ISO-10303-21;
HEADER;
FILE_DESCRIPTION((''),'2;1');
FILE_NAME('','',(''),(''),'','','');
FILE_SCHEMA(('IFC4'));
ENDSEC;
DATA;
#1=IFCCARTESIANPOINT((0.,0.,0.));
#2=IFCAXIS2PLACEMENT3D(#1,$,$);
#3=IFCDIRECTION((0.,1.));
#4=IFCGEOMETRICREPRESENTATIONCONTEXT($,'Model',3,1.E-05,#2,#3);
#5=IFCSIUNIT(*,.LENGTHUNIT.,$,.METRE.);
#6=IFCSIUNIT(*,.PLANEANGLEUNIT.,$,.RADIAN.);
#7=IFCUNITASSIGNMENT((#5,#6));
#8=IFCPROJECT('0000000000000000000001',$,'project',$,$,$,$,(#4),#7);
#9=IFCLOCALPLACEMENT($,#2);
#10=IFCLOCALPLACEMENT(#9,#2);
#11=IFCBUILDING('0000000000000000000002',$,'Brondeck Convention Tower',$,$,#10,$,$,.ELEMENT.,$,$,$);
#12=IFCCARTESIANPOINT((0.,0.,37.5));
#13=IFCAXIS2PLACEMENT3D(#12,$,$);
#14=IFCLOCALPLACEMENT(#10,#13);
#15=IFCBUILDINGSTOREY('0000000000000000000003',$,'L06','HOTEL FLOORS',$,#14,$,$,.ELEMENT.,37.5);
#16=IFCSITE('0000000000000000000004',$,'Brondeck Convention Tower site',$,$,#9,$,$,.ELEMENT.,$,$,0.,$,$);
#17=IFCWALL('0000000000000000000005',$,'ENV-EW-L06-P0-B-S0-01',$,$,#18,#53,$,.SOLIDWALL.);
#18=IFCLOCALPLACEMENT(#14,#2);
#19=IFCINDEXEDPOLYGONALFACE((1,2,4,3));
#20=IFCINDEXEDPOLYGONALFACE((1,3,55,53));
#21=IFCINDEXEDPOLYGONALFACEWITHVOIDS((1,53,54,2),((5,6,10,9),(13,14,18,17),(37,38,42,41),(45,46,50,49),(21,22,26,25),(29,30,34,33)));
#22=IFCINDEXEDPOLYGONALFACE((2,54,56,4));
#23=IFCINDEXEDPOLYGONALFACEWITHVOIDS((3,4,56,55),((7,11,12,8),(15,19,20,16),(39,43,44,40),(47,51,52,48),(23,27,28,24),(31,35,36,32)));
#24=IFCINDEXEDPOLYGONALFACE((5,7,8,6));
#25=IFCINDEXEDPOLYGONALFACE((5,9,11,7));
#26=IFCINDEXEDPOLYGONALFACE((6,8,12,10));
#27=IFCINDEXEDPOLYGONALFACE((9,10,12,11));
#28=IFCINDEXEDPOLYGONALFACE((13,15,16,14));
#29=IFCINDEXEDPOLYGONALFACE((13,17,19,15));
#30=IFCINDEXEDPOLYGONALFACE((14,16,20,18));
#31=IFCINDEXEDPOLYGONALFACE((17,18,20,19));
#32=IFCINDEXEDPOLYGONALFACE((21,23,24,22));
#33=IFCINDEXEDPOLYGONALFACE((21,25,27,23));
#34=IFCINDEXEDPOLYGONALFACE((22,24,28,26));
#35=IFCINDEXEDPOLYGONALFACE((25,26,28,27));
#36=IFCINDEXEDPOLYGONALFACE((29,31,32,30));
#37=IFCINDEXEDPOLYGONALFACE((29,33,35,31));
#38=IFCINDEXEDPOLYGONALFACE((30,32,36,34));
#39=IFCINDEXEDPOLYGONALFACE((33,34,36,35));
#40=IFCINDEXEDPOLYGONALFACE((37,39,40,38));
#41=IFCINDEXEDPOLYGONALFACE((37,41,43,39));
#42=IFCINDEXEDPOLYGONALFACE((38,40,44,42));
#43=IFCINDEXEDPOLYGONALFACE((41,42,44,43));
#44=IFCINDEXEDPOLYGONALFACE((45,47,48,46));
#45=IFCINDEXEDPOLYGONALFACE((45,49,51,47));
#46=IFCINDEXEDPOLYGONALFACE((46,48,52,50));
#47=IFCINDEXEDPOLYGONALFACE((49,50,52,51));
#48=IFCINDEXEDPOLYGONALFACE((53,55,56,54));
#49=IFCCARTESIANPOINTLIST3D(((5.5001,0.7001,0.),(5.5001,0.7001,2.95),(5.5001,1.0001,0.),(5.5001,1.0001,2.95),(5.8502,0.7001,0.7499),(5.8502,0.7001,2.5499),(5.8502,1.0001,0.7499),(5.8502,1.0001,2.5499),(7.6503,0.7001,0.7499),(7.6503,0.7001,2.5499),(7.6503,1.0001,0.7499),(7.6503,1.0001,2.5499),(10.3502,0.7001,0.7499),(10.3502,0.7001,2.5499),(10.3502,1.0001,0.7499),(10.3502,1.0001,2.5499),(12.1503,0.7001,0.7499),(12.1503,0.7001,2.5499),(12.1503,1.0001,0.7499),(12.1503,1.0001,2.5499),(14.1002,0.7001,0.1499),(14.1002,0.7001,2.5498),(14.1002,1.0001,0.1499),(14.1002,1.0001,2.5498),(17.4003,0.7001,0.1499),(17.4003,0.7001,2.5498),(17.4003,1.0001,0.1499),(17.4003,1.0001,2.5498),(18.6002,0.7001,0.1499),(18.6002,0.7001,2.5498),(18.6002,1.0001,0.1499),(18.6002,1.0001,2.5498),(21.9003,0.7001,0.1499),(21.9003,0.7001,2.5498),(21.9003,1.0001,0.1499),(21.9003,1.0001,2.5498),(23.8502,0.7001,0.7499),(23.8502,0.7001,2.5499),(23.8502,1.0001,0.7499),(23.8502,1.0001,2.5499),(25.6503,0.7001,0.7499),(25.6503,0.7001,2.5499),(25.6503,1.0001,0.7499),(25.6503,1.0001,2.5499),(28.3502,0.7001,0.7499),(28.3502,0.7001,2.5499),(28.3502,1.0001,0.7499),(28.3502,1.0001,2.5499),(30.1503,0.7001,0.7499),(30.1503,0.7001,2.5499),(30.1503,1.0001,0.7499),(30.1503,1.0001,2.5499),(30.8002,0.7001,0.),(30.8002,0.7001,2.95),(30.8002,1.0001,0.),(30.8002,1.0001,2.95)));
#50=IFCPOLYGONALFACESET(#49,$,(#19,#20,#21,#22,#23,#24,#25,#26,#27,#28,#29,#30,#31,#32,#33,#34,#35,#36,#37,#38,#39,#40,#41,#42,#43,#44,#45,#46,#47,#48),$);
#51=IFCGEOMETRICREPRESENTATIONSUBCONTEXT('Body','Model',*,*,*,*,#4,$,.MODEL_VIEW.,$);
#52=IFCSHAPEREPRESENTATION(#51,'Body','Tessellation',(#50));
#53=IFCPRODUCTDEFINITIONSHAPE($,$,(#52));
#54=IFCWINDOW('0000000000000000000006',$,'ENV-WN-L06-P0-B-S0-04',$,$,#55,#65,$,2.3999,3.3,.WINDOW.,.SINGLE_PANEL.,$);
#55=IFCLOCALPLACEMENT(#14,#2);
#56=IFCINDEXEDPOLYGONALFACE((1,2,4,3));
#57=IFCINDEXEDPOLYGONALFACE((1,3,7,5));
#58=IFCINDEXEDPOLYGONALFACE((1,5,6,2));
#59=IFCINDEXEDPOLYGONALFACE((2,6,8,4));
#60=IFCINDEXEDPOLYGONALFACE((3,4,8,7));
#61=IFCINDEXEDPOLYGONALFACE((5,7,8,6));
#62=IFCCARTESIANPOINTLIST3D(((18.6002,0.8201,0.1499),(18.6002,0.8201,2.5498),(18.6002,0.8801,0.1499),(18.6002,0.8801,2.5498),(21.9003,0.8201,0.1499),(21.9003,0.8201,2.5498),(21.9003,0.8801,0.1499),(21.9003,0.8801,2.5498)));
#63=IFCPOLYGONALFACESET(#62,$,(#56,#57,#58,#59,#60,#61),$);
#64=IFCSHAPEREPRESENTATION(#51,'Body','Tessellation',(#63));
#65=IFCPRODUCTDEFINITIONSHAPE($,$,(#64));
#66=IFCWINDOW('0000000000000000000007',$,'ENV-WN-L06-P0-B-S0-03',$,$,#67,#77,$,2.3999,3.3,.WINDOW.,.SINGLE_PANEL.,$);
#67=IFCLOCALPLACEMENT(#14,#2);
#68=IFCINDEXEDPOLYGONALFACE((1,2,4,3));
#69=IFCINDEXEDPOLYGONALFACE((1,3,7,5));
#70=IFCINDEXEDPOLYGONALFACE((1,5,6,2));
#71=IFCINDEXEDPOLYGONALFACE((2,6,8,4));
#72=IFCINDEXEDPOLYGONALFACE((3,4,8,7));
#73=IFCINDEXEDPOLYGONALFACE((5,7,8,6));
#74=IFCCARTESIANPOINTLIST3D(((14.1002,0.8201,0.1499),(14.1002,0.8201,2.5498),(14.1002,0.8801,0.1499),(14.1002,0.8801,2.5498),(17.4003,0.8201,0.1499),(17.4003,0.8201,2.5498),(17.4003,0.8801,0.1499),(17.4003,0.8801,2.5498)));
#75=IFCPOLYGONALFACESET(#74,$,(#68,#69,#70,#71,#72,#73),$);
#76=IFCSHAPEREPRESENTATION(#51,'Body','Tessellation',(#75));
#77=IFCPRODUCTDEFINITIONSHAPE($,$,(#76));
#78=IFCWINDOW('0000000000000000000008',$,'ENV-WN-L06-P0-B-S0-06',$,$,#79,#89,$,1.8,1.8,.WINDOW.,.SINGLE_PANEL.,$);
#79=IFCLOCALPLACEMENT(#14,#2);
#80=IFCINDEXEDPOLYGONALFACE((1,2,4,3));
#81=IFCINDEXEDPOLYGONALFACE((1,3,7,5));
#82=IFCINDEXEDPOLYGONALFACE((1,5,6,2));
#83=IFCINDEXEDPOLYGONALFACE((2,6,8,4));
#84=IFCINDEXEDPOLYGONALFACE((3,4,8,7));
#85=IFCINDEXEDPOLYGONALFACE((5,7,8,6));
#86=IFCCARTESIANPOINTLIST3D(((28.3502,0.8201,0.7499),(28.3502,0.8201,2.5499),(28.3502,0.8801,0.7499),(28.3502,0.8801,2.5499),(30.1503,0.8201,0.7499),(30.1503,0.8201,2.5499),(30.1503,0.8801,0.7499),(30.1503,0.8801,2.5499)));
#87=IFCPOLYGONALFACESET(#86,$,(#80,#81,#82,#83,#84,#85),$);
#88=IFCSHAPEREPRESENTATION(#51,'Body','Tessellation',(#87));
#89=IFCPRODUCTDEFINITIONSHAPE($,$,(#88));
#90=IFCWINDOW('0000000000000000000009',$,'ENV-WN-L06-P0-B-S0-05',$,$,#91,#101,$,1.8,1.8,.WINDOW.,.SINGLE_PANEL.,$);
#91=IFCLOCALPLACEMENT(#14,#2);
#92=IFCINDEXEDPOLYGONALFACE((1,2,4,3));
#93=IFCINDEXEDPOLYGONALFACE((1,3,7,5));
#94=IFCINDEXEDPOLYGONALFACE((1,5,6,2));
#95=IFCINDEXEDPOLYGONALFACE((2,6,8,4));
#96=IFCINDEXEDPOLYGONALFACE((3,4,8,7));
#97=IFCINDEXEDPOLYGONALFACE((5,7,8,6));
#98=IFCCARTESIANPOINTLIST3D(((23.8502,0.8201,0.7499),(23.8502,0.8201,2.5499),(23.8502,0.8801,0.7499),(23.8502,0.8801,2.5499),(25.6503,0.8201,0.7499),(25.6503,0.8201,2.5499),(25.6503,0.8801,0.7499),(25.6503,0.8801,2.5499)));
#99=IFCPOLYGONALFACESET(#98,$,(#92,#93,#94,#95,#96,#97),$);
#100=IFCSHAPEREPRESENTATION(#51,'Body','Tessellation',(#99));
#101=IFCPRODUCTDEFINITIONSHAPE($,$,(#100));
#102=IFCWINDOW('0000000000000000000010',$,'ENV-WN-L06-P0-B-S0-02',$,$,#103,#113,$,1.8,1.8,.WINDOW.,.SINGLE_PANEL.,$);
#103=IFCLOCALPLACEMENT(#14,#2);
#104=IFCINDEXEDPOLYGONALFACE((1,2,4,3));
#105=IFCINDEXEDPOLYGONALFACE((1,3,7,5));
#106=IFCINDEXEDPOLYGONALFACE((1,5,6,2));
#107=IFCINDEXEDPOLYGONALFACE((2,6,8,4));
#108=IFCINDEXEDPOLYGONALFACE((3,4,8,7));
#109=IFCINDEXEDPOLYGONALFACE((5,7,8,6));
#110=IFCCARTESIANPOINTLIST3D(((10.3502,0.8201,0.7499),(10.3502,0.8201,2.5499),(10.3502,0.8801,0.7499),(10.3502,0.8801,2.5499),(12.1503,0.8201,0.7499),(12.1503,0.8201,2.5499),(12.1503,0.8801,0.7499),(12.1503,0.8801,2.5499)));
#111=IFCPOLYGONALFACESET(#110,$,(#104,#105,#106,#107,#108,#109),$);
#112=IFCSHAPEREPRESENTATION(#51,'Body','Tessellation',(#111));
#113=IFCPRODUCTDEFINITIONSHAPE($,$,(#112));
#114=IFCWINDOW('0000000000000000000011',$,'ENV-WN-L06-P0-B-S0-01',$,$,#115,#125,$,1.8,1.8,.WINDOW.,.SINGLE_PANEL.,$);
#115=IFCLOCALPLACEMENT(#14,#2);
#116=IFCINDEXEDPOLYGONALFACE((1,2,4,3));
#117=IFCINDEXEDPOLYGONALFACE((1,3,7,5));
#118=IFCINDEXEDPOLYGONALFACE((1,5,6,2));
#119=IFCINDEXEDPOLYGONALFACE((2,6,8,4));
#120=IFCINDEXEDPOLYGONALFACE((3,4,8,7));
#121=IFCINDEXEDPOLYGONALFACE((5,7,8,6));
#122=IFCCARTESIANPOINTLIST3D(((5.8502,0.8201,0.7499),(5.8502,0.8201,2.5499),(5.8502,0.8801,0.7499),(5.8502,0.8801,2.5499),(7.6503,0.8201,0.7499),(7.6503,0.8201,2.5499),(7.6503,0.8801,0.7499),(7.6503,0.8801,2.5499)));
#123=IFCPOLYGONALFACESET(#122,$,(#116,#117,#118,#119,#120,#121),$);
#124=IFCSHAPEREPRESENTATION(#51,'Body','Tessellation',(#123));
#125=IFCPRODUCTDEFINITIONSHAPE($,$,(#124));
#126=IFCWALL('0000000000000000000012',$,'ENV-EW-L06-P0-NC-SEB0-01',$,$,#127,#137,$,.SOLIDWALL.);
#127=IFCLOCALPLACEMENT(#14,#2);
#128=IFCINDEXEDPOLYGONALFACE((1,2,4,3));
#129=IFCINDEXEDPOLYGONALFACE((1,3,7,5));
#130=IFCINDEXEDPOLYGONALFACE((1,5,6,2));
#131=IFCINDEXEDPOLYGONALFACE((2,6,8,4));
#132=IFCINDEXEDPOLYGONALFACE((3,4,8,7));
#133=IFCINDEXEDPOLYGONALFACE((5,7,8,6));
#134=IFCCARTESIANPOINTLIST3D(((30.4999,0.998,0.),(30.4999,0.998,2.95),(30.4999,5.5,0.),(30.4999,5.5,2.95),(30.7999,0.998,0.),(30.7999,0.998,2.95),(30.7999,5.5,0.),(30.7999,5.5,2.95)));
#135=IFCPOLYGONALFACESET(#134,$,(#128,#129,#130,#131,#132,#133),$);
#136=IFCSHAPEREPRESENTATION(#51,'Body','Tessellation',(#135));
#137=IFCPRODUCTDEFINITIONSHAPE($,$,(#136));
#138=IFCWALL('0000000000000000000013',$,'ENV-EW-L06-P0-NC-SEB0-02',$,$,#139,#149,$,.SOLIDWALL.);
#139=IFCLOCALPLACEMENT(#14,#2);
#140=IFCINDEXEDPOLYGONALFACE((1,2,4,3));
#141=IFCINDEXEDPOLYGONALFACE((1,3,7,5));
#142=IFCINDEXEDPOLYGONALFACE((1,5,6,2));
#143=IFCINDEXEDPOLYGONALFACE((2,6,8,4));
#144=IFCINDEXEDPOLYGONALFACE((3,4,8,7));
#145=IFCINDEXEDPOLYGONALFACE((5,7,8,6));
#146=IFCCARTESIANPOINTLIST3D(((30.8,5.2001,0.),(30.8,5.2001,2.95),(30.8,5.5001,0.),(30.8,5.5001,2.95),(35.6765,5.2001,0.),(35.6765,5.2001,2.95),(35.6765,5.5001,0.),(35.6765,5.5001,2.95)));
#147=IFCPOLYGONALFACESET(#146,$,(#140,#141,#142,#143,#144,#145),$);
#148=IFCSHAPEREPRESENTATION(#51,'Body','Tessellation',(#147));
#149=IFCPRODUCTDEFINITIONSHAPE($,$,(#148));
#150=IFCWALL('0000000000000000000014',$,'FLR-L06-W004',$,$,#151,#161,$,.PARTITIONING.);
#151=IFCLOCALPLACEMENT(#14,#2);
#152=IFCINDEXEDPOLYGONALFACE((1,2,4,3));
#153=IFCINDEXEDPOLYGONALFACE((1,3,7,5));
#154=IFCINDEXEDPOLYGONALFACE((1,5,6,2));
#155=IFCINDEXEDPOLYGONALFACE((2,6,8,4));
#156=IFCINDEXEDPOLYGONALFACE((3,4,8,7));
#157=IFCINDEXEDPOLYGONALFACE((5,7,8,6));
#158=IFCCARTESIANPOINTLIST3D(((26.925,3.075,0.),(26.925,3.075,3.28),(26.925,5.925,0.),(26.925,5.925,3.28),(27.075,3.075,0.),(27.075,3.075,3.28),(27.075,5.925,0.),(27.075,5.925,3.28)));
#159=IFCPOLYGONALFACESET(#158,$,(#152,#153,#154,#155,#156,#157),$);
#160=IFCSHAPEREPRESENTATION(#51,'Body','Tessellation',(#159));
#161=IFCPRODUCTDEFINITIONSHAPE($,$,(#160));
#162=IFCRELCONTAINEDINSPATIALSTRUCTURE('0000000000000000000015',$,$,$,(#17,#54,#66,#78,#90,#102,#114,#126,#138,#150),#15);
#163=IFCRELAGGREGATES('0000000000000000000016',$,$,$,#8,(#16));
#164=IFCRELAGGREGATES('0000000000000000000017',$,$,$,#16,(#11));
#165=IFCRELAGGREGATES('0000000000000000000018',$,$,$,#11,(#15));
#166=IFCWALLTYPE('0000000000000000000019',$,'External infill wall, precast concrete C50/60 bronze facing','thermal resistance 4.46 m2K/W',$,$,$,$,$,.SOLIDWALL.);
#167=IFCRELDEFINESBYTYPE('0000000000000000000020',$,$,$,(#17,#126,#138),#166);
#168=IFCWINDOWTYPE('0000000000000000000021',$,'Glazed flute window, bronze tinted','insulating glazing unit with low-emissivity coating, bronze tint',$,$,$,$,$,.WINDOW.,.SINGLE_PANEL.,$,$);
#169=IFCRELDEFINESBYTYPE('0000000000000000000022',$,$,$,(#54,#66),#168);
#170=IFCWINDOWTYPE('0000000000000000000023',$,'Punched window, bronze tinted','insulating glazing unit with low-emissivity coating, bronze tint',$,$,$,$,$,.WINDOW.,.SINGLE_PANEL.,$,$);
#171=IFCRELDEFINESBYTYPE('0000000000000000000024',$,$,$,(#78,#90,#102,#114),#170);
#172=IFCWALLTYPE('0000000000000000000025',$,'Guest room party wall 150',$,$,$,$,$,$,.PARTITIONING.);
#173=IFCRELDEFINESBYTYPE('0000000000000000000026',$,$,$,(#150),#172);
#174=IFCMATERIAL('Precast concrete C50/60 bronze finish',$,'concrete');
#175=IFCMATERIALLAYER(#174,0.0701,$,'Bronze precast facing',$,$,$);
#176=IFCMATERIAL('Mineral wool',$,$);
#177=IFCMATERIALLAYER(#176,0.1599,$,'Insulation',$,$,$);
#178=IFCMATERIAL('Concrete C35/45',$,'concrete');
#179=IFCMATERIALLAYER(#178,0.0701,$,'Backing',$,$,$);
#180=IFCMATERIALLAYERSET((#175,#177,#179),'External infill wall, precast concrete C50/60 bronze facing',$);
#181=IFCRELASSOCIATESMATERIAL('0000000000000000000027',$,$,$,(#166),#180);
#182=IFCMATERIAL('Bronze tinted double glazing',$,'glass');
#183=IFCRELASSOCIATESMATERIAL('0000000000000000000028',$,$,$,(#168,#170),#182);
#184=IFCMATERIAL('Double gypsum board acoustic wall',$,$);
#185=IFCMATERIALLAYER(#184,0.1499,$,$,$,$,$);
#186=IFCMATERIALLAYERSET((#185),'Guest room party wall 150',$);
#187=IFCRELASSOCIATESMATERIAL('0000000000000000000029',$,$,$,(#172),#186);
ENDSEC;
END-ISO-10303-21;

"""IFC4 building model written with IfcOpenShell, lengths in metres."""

from ifc_helpers import new_model, si_unit, direction, frame, frame_2d, origin, place, context, subcontext, project, spatial, rectangle, extrude, material, layer, layer_set, type_object, element, fill, save


model = new_model("IFC4")

# Units and contexts
model_context = context("Model", 3, precision=1e-05, world=origin(), true_north=direction((0.0, 1.0)))
body_context = subcontext(model_context, "Body", "Model", "MODEL_VIEW")
ifc_project = project(units=[si_unit("LENGTHUNIT", "METRE"), si_unit("PLANEANGLEUNIT", "RADIAN")], contexts=[model_context])

# Site, building, storey
site_placement = place(None, origin())
site = spatial("IfcSite", under=ifc_project, at=site_placement, Name="Brondeck Convention Tower site", CompositionType="ELEMENT", RefElevation=0.0)
building_placement = place(site_placement, origin())
building = spatial("IfcBuilding", under=site, at=building_placement, Name="Brondeck Convention Tower", CompositionType="ELEMENT")
storey_placement = place(building_placement, frame((0.0, 0.0, 37.5)))
storey = spatial("IfcBuildingStorey", under=building, at=storey_placement, Name="L06", Description="HOTEL FLOORS", CompositionType="ELEMENT", Elevation=37.5)

# Wall, openings, windows
ifc_material_1 = material(Name="Precast concrete C50/60 bronze finish", Category="concrete")
ifc_layer_1 = layer(ifc_material_1, 0.0701, Name="Bronze precast facing")
ifc_material_2 = material(Name="Mineral wool")
ifc_layer_2 = layer(ifc_material_2, 0.1599, Name="Insulation")
ifc_material_3 = material(Name="Concrete C35/45", Category="concrete")
ifc_layer_3 = layer(ifc_material_3, 0.0701, Name="Backing")
ifc_layer_set_1 = layer_set([ifc_layer_1, ifc_layer_2, ifc_layer_3], Name="External infill wall, precast concrete C50/60 bronze facing")
wall_type_1 = type_object("IfcWallType", Name="External infill wall, precast concrete C50/60 bronze facing", Description="thermal resistance 4.46 m2K/W", PredefinedType="SOLIDWALL", material=ifc_layer_set_1)
wall_1_placement = place(storey_placement, frame((30.8, 0.8501, 0.0), z_axis=(0.0, 0.0, 1.0), x_axis=(-1.0, 0.0, 0.0)))
wall_1 = element("IfcWall", 1, at=wall_1_placement, inside=storey, type_object=wall_type_1, Name="ENV-EW-L06-P0-B-S0-01", PredefinedType="SOLIDWALL", context=body_context, shape_type="SweptSolid", body=[
    extrude(rectangle(XDim=25.3, YDim=0.3, at=frame_2d((12.6499, 0.0))), origin(), (0.0, 0.0, 1.0), 2.95),
])
opening_1_placement = place(wall_1_placement, frame((0.6499, 0.0, 0.75)))
opening_1 = element("IfcOpeningElement", 2, at=opening_1_placement, cuts=wall_1, PredefinedType="OPENING", context=body_context, shape_type="SweptSolid", body=[
    extrude(rectangle(XDim=1.8, YDim=1.8, at=frame_2d((0.8999, 0.8999))), frame((0.0, 0.1599, 0.0), z_axis=(0.0, -1.0, 0.0), x_axis=(1.0, 0.0, 0.0)), (0.0, 0.0, 1.0), 0.3201),
])
opening_2_placement = place(wall_1_placement, frame((5.1499, 0.0, 0.75)))
opening_2 = element("IfcOpeningElement", 3, at=opening_2_placement, cuts=wall_1, PredefinedType="OPENING", context=body_context, shape_type="SweptSolid", body=[
    extrude(rectangle(XDim=1.8, YDim=1.8, at=frame_2d((0.8999, 0.8999))), frame((0.0, 0.1599, 0.0), z_axis=(0.0, -1.0, 0.0), x_axis=(1.0, 0.0, 0.0)), (0.0, 0.0, 1.0), 0.3201),
])
opening_3_placement = place(wall_1_placement, frame((8.8999, 0.0, 0.1499)))
opening_3 = element("IfcOpeningElement", 4, at=opening_3_placement, cuts=wall_1, PredefinedType="OPENING", context=body_context, shape_type="SweptSolid", body=[
    extrude(rectangle(XDim=3.3, YDim=2.3999, at=frame_2d((1.6499, 1.2))), frame((0.0, 0.1599, 0.0), z_axis=(0.0, -1.0, 0.0), x_axis=(1.0, 0.0, 0.0)), (0.0, 0.0, 1.0), 0.3201),
])
opening_4_placement = place(wall_1_placement, frame((13.3999, 0.0, 0.1499)))
opening_4 = element("IfcOpeningElement", 5, at=opening_4_placement, cuts=wall_1, PredefinedType="OPENING", context=body_context, shape_type="SweptSolid", body=[
    extrude(rectangle(XDim=3.3, YDim=2.3999, at=frame_2d((1.6499, 1.2))), frame((0.0, 0.1599, 0.0), z_axis=(0.0, -1.0, 0.0), x_axis=(1.0, 0.0, 0.0)), (0.0, 0.0, 1.0), 0.3201),
])
opening_5_placement = place(wall_1_placement, frame((18.6499, 0.0, 0.75)))
opening_5 = element("IfcOpeningElement", 6, at=opening_5_placement, cuts=wall_1, PredefinedType="OPENING", context=body_context, shape_type="SweptSolid", body=[
    extrude(rectangle(XDim=1.8, YDim=1.8, at=frame_2d((0.8999, 0.8999))), frame((0.0, 0.1599, 0.0), z_axis=(0.0, -1.0, 0.0), x_axis=(1.0, 0.0, 0.0)), (0.0, 0.0, 1.0), 0.3201),
])
opening_6_placement = place(wall_1_placement, frame((23.1499, 0.0, 0.75)))
opening_6 = element("IfcOpeningElement", 7, at=opening_6_placement, cuts=wall_1, PredefinedType="OPENING", context=body_context, shape_type="SweptSolid", body=[
    extrude(rectangle(XDim=1.8, YDim=1.8, at=frame_2d((0.8999, 0.8999))), frame((0.0, 0.1599, 0.0), z_axis=(0.0, -1.0, 0.0), x_axis=(1.0, 0.0, 0.0)), (0.0, 0.0, 1.0), 0.3201),
])
ifc_material_4 = material(Name="Bronze tinted double glazing", Category="glass")
window_type_1 = type_object("IfcWindowType", Name="Glazed flute window, bronze tinted", Description="insulating glazing unit with low-emissivity coating, bronze tint", PartitioningType="SINGLE_PANEL", PredefinedType="WINDOW", material=ifc_material_4)
window_1_placement = place(opening_3_placement, origin())
window_1 = element("IfcWindow", 8, at=window_1_placement, inside=storey, type_object=window_type_1, Name="ENV-WN-L06-P0-B-S0-04", OverallHeight=2.3999, OverallWidth=3.3, PartitioningType="SINGLE_PANEL", PredefinedType="WINDOW", context=body_context, shape_type="SweptSolid", body=[
    extrude(rectangle(XDim=3.3, YDim=2.3999, at=frame_2d((1.6499, 1.2))), frame((0.0, 0.03, 0.0), z_axis=(0.0, -1.0, 0.0), x_axis=(1.0, 0.0, 0.0)), (0.0, 0.0, 1.0), 0.0601),
])
fill(opening_3, window_1)
window_2_placement = place(opening_4_placement, origin())
window_2 = element("IfcWindow", 9, at=window_2_placement, inside=storey, type_object=window_type_1, Name="ENV-WN-L06-P0-B-S0-03", OverallHeight=2.3999, OverallWidth=3.3, PartitioningType="SINGLE_PANEL", PredefinedType="WINDOW", context=body_context, shape_type="SweptSolid", body=[
    extrude(rectangle(XDim=3.3, YDim=2.3999, at=frame_2d((1.6499, 1.2))), frame((0.0, 0.03, 0.0), z_axis=(0.0, -1.0, 0.0), x_axis=(1.0, 0.0, 0.0)), (0.0, 0.0, 1.0), 0.0601),
])
fill(opening_4, window_2)
window_type_2 = type_object("IfcWindowType", Name="Punched window, bronze tinted", Description="insulating glazing unit with low-emissivity coating, bronze tint", PartitioningType="SINGLE_PANEL", PredefinedType="WINDOW", material=ifc_material_4)
window_3_placement = place(opening_1_placement, origin())
window_3 = element("IfcWindow", 10, at=window_3_placement, inside=storey, type_object=window_type_2, Name="ENV-WN-L06-P0-B-S0-06", OverallHeight=1.8, OverallWidth=1.8, PartitioningType="SINGLE_PANEL", PredefinedType="WINDOW", context=body_context, shape_type="SweptSolid", body=[
    extrude(rectangle(XDim=1.8, YDim=1.8, at=frame_2d((0.8999, 0.8999))), frame((0.0, 0.03, 0.0), z_axis=(0.0, -1.0, 0.0), x_axis=(1.0, 0.0, 0.0)), (0.0, 0.0, 1.0), 0.0601),
])
fill(opening_1, window_3)
window_4_placement = place(opening_2_placement, origin())
window_4 = element("IfcWindow", 11, at=window_4_placement, inside=storey, type_object=window_type_2, Name="ENV-WN-L06-P0-B-S0-05", OverallHeight=1.8, OverallWidth=1.8, PartitioningType="SINGLE_PANEL", PredefinedType="WINDOW", context=body_context, shape_type="SweptSolid", body=[
    extrude(rectangle(XDim=1.8, YDim=1.8, at=frame_2d((0.8999, 0.8999))), frame((0.0, 0.03, 0.0), z_axis=(0.0, -1.0, 0.0), x_axis=(1.0, 0.0, 0.0)), (0.0, 0.0, 1.0), 0.0601),
])
fill(opening_2, window_4)
window_5_placement = place(opening_5_placement, origin())
window_5 = element("IfcWindow", 12, at=window_5_placement, inside=storey, type_object=window_type_2, Name="ENV-WN-L06-P0-B-S0-02", OverallHeight=1.8, OverallWidth=1.8, PartitioningType="SINGLE_PANEL", PredefinedType="WINDOW", context=body_context, shape_type="SweptSolid", body=[
    extrude(rectangle(XDim=1.8, YDim=1.8, at=frame_2d((0.8999, 0.8999))), frame((0.0, 0.03, 0.0), z_axis=(0.0, -1.0, 0.0), x_axis=(1.0, 0.0, 0.0)), (0.0, 0.0, 1.0), 0.0601),
])
fill(opening_5, window_5)
window_6_placement = place(opening_6_placement, origin())
window_6 = element("IfcWindow", 13, at=window_6_placement, inside=storey, type_object=window_type_2, Name="ENV-WN-L06-P0-B-S0-01", OverallHeight=1.8, OverallWidth=1.8, PartitioningType="SINGLE_PANEL", PredefinedType="WINDOW", context=body_context, shape_type="SweptSolid", body=[
    extrude(rectangle(XDim=1.8, YDim=1.8, at=frame_2d((0.8999, 0.8999))), frame((0.0, 0.03, 0.0), z_axis=(0.0, -1.0, 0.0), x_axis=(1.0, 0.0, 0.0)), (0.0, 0.0, 1.0), 0.0601),
])
fill(opening_6, window_6)

# Walls
wall_2_placement = place(storey_placement, frame((30.6499, 5.5, 0.0), z_axis=(0.0, 0.0, 1.0), x_axis=(0.0, -1.0, 0.0)))
element("IfcWall", 14, at=wall_2_placement, inside=storey, type_object=wall_type_1, Name="ENV-EW-L06-P0-NC-SEB0-01", PredefinedType="SOLIDWALL", context=body_context, shape_type="SweptSolid", body=[
    extrude(rectangle(XDim=4.502, YDim=0.3, at=frame_2d((2.251, 0.0))), origin(), (0.0, 0.0, 1.0), 2.95),
])
wall_3_placement = place(storey_placement, frame((35.6765, 5.3501, 0.0), z_axis=(0.0, 0.0, 1.0), x_axis=(-1.0, 0.0, 0.0)))
element("IfcWall", 15, at=wall_3_placement, inside=storey, type_object=wall_type_1, Name="ENV-EW-L06-P0-NC-SEB0-02", PredefinedType="SOLIDWALL", context=body_context, shape_type="SweptSolid", body=[
    extrude(rectangle(XDim=4.8765, YDim=0.3, at=frame_2d((2.4382, 0.0))), origin(), (0.0, 0.0, 1.0), 2.95),
])
ifc_material_5 = material(Name="Double gypsum board acoustic wall")
ifc_layer_4 = layer(ifc_material_5, 0.1499)
ifc_layer_set_2 = layer_set([ifc_layer_4], Name="Guest room party wall 150")
wall_type_2 = type_object("IfcWallType", Name="Guest room party wall 150", PredefinedType="PARTITIONING", material=ifc_layer_set_2)
wall_4_placement = place(storey_placement, frame((27.0, 3.075, 0.0), z_axis=(0.0, 0.0, 1.0), x_axis=(0.0, 1.0, 0.0)))
element("IfcWall", 16, at=wall_4_placement, inside=storey, type_object=wall_type_2, Name="FLR-L06-W004", PredefinedType="PARTITIONING", context=body_context, shape_type="SweptSolid", body=[
    extrude(rectangle(XDim=2.8501, YDim=0.1499, at=frame_2d((1.425, 0.0))), origin(), (0.0, 0.0, 1.0), 3.28),
])

save(model, "model.ifc")
